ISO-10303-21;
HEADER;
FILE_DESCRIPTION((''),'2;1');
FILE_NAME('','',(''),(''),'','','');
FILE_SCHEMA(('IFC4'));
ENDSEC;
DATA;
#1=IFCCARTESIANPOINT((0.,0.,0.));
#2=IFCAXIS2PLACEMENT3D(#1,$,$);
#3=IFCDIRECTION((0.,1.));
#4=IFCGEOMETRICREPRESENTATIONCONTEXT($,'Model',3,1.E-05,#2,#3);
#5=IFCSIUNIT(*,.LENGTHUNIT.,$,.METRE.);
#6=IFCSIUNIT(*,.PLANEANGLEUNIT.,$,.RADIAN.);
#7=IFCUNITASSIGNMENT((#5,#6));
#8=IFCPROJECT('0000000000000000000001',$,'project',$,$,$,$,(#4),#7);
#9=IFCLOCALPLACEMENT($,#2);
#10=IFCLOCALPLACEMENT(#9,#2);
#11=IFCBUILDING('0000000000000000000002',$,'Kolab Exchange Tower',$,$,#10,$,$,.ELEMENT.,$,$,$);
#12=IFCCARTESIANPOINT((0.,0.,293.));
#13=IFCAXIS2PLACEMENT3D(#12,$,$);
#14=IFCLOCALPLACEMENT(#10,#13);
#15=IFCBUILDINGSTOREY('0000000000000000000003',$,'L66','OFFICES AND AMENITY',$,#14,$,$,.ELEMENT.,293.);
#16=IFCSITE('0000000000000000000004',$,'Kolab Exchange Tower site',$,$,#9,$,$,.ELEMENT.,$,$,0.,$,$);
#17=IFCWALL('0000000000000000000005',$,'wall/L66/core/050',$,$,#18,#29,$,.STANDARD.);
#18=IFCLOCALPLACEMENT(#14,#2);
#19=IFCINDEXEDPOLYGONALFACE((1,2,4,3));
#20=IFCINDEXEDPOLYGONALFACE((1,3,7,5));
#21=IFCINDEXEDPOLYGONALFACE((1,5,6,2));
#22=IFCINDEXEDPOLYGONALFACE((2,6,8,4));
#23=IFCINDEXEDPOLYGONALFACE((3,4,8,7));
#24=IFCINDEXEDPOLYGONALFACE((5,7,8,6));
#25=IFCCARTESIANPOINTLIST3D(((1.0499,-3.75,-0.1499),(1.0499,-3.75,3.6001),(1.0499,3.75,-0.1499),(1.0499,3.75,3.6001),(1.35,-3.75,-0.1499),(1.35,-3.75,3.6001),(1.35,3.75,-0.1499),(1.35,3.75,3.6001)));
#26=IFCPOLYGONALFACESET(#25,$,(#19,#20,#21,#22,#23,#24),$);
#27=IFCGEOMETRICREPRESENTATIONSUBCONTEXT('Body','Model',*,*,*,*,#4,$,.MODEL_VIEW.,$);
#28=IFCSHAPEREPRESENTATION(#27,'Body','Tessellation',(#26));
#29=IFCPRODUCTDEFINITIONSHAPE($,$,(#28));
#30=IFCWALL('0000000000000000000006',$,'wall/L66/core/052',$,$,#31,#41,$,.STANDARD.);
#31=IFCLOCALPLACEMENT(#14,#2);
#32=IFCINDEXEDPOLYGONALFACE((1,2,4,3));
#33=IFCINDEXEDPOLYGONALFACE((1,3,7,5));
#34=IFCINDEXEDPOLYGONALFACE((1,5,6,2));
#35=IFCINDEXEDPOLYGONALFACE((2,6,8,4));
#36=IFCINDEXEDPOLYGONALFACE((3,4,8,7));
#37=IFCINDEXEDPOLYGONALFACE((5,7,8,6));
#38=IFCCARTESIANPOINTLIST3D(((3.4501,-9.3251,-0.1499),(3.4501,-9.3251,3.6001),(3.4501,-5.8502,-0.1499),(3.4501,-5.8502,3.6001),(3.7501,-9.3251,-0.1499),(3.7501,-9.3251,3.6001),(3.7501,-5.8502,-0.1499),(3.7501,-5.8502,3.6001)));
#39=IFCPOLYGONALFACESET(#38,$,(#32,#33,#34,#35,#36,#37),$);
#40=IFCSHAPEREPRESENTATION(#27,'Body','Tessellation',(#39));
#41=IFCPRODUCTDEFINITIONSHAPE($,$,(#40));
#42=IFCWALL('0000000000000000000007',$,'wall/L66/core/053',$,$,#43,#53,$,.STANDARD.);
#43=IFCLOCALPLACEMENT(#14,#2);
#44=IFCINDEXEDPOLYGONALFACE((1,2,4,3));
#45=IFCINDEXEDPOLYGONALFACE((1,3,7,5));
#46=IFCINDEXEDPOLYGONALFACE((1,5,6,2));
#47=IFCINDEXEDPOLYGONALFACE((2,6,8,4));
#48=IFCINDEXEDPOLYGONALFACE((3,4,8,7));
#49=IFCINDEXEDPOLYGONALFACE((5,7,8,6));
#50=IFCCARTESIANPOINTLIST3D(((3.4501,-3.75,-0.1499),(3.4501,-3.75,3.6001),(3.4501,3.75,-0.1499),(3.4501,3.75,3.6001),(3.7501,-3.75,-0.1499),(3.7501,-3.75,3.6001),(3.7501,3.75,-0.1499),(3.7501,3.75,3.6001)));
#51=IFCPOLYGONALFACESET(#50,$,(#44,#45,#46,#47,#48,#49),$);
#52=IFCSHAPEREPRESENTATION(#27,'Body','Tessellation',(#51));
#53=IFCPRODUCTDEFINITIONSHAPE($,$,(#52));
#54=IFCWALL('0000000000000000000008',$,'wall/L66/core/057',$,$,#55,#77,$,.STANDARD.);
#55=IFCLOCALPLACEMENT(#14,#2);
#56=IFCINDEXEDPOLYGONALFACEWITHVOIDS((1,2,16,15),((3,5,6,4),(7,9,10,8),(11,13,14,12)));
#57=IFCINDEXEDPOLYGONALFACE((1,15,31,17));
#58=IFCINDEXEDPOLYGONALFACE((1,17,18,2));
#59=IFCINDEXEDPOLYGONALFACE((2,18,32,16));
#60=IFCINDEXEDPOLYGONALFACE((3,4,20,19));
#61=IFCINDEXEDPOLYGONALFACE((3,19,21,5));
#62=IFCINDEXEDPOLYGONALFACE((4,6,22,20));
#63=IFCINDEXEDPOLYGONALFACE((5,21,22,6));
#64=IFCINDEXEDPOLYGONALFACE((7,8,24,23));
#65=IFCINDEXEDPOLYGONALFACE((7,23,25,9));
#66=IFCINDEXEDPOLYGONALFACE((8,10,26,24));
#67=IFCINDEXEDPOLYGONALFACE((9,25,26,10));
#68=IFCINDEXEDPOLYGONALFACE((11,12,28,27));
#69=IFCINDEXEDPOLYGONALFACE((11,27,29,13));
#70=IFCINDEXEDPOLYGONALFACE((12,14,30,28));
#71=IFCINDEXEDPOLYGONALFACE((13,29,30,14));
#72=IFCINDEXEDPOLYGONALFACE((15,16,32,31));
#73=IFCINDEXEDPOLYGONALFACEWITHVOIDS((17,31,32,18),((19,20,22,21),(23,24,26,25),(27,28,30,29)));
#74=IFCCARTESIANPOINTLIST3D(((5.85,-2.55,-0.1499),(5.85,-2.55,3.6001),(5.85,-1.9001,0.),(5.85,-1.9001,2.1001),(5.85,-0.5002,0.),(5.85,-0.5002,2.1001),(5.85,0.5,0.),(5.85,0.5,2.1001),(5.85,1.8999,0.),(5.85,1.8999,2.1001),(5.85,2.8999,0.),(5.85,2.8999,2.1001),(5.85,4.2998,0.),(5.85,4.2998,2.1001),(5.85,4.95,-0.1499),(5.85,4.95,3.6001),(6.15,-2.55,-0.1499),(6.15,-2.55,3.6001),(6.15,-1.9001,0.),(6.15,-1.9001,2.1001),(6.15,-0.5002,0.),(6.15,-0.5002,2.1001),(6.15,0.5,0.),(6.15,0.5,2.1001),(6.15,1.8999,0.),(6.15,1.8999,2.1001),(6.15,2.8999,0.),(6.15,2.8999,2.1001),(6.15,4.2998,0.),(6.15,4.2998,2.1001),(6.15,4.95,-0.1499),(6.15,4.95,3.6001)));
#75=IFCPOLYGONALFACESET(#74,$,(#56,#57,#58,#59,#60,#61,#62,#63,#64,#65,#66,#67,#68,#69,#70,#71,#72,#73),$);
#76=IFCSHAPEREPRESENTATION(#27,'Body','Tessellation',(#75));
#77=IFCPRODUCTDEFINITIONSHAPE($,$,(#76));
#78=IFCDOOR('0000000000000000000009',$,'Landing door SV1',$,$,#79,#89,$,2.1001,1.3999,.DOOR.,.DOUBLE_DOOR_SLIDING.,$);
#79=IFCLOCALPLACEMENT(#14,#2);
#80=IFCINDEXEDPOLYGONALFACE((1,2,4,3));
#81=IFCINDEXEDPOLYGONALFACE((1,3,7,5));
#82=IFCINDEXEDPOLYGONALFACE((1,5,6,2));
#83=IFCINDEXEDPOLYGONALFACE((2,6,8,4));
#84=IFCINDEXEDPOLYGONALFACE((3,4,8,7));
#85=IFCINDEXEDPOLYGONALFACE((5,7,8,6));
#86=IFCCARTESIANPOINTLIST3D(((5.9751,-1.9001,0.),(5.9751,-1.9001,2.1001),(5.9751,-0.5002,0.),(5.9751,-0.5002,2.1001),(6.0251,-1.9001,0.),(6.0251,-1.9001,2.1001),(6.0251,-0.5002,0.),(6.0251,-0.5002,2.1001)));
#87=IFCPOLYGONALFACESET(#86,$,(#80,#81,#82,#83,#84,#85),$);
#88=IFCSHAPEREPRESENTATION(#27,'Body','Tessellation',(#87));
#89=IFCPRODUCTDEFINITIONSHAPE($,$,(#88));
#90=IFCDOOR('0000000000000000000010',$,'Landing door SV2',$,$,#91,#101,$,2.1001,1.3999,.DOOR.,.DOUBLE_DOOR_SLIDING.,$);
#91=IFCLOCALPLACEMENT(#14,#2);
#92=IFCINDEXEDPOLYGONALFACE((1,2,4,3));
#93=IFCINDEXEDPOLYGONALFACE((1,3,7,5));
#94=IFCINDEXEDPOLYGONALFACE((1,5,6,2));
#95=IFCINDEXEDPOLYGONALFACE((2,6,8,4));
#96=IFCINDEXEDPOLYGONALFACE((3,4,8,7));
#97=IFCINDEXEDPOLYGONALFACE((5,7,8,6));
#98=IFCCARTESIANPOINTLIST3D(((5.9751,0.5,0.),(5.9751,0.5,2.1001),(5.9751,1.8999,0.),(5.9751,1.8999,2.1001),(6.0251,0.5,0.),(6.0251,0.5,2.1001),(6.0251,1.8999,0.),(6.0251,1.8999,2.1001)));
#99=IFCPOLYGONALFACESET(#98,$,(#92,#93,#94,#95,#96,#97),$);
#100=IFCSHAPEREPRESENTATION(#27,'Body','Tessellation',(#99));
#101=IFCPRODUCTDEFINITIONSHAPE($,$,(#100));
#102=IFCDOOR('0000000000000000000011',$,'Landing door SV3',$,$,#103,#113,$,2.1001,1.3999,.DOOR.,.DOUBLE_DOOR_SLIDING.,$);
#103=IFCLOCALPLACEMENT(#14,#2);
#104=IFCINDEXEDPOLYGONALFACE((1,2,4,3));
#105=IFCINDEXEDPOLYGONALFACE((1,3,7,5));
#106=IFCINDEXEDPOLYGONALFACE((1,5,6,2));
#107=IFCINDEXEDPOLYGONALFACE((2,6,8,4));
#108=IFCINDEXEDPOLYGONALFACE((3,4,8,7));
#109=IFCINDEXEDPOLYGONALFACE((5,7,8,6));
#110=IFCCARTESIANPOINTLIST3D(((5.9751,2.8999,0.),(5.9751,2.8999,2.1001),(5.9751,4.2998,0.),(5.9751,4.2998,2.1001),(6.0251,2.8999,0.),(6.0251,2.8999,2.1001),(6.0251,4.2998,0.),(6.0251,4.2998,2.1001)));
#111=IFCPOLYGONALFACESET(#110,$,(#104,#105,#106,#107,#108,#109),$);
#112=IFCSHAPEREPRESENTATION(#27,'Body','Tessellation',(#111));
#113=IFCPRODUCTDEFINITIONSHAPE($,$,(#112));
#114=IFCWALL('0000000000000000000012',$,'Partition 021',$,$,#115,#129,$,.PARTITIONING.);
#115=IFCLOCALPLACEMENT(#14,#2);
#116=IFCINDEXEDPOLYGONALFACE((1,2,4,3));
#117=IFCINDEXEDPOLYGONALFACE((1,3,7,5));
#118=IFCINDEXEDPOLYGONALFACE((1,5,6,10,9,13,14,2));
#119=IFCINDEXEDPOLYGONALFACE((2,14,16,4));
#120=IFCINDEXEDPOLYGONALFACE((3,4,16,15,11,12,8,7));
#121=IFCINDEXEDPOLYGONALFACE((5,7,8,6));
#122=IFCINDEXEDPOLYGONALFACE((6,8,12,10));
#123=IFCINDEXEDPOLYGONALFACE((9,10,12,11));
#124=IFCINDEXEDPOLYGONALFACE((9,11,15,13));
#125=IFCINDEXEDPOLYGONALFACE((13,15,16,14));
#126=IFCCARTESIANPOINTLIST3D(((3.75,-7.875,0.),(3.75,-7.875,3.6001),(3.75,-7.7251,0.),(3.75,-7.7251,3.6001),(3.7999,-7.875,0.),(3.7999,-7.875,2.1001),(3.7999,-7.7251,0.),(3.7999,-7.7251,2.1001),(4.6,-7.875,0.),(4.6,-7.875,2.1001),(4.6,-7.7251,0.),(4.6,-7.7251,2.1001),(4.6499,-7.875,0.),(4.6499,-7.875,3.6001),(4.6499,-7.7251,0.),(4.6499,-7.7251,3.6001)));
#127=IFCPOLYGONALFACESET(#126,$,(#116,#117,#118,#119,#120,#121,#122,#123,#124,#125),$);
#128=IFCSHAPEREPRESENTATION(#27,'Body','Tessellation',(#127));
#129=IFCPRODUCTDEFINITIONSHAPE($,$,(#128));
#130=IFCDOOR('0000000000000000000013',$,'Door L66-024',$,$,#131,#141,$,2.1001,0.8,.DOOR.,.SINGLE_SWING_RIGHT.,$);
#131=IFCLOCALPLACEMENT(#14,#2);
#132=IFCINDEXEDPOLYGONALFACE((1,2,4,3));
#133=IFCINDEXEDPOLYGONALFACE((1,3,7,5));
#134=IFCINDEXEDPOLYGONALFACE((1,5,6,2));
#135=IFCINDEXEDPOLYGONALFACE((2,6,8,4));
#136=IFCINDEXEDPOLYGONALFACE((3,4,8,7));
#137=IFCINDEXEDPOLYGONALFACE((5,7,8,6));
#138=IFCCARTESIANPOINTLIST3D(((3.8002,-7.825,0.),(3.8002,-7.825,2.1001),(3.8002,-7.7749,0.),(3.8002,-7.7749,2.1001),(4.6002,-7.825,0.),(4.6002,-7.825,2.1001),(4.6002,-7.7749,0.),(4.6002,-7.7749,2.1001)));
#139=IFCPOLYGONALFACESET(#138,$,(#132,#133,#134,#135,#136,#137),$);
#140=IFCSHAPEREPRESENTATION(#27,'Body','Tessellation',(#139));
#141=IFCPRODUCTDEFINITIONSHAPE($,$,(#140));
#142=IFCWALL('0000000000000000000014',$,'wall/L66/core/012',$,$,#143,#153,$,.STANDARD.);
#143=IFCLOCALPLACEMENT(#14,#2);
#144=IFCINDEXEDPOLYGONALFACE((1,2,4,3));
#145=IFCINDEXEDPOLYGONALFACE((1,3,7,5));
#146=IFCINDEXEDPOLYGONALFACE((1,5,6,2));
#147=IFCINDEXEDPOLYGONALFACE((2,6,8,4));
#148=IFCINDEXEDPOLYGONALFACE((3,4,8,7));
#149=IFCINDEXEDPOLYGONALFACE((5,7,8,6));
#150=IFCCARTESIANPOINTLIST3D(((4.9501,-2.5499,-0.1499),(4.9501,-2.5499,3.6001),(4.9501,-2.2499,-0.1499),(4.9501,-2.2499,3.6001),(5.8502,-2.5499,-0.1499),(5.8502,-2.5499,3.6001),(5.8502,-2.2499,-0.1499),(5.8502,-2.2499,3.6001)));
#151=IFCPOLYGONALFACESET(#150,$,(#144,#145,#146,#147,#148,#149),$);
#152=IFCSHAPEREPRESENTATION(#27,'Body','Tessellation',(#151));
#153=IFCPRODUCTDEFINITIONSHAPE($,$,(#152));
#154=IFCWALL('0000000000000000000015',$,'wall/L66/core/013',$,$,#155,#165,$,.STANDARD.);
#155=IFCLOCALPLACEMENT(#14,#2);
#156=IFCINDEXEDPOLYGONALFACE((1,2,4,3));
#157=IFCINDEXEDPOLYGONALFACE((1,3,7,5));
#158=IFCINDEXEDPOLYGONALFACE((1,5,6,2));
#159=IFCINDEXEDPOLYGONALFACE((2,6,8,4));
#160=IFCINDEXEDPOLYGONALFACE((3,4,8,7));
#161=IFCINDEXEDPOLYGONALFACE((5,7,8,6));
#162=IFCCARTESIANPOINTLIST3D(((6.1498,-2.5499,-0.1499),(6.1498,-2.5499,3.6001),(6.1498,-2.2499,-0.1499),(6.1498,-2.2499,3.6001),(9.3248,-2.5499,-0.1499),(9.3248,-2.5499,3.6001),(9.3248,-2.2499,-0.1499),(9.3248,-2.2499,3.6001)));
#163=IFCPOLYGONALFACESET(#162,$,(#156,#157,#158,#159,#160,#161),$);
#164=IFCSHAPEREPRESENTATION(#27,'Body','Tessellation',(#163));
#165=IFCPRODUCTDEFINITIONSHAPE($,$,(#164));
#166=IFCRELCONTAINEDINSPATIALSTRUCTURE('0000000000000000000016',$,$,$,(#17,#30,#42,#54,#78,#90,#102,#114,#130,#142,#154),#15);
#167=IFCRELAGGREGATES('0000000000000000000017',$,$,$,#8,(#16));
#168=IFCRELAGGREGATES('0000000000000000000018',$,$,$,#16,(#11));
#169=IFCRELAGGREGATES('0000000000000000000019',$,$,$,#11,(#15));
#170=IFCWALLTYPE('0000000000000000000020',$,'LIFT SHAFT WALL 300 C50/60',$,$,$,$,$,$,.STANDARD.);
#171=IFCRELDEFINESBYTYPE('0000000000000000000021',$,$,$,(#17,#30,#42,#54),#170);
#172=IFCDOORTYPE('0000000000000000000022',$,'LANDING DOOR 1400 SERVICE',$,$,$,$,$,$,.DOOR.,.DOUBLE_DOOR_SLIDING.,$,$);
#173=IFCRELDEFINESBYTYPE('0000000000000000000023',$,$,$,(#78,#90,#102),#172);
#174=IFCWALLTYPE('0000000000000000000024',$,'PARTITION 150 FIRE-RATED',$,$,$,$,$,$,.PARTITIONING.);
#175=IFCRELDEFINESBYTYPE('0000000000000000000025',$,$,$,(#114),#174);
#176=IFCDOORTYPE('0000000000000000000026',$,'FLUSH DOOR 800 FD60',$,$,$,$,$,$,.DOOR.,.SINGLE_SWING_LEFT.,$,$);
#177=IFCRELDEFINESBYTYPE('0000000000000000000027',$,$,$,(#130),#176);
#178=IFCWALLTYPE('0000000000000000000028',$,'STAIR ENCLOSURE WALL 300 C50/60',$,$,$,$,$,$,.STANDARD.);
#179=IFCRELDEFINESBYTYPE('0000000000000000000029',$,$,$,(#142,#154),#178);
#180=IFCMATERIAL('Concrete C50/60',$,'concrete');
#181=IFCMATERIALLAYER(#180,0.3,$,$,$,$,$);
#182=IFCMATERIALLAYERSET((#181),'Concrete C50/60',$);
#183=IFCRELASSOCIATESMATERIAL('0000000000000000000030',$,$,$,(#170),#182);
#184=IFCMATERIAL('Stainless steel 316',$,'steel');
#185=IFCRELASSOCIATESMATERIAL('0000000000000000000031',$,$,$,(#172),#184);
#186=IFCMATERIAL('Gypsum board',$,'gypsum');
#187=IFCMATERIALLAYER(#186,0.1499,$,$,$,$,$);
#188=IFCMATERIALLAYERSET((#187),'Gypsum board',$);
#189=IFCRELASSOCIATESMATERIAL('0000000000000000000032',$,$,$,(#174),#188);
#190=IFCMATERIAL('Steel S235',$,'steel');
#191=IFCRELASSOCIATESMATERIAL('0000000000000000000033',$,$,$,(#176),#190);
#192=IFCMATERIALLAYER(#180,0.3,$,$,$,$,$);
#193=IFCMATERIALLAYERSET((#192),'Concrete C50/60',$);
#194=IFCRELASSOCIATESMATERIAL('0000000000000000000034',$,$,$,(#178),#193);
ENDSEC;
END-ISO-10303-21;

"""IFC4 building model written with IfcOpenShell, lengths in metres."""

from ifc_helpers import new_model, si_unit, direction, frame, frame_2d, origin, place, context, subcontext, project, spatial, rectangle, extrude, material, layer, layer_set, type_object, element, fill, save


model = new_model("IFC4")

# Units and contexts
model_context = context("Model", 3, precision=1e-05, world=origin(), true_north=direction((0.0, 1.0)))
body_context = subcontext(model_context, "Body", "Model", "MODEL_VIEW")
ifc_project = project(units=[si_unit("LENGTHUNIT", "METRE"), si_unit("PLANEANGLEUNIT", "RADIAN")], contexts=[model_context])

# Site, building, storey
site_placement = place(None, origin())
site = spatial("IfcSite", under=ifc_project, at=site_placement, Name="Kolab Exchange Tower site", CompositionType="ELEMENT", RefElevation=0.0)
building_placement = place(site_placement, origin())
building = spatial("IfcBuilding", under=site, at=building_placement, Name="Kolab Exchange Tower", CompositionType="ELEMENT")
storey_placement = place(building_placement, frame((0.0, 0.0, 293.0)))
storey = spatial("IfcBuildingStorey", under=building, at=storey_placement, Name="L66", Description="OFFICES AND AMENITY", CompositionType="ELEMENT", Elevation=293.0)

# Shared definitions
ifc_material_1 = material(Name="Concrete C50/60", Category="concrete")
ifc_layer_1 = layer(ifc_material_1, 0.3)
ifc_layer_set_1 = layer_set([ifc_layer_1], Name="Concrete C50/60")
wall_type_1 = type_object("IfcWallType", Name="LIFT SHAFT WALL 300 C50/60", PredefinedType="STANDARD", material=ifc_layer_set_1)
ifc_material_2 = material(Name="Stainless steel 316", Category="steel")

# Walls
wall_1_placement = place(storey_placement, frame((1.2, -3.75, -0.1499), z_axis=(0.0, 0.0, 1.0), x_axis=(0.0, 1.0, 0.0)))
element("IfcWall", 1, at=wall_1_placement, inside=storey, type_object=wall_type_1, Name="wall/L66/core/050", PredefinedType="STANDARD", context=body_context, shape_type="SweptSolid", body=[
    extrude(rectangle(XDim=7.5, YDim=0.3, at=frame_2d((3.75, 0.0))), origin(), (0.0, 0.0, 1.0), 3.75),
])
wall_2_placement = place(storey_placement, frame((3.6001, -9.325, -0.1499), z_axis=(0.0, 0.0, 1.0), x_axis=(0.0, 1.0, 0.0)))
element("IfcWall", 2, at=wall_2_placement, inside=storey, type_object=wall_type_1, Name="wall/L66/core/052", PredefinedType="STANDARD", context=body_context, shape_type="SweptSolid", body=[
    extrude(rectangle(XDim=3.4749, YDim=0.3, at=frame_2d((1.7373, 0.0))), origin(), (0.0, 0.0, 1.0), 3.75),
])
wall_3_placement = place(storey_placement, frame((3.6001, -3.75, -0.1499), z_axis=(0.0, 0.0, 1.0), x_axis=(0.0, 1.0, 0.0)))
element("IfcWall", 3, at=wall_3_placement, inside=storey, type_object=wall_type_1, Name="wall/L66/core/053", PredefinedType="STANDARD", context=body_context, shape_type="SweptSolid", body=[
    extrude(rectangle(XDim=7.5, YDim=0.3, at=frame_2d((3.75, 0.0))), origin(), (0.0, 0.0, 1.0), 3.75),
])

# Wall, openings, doors
wall_4_placement = place(storey_placement, frame((6.0, -2.55, -0.1499), z_axis=(0.0, 0.0, 1.0), x_axis=(0.0, 1.0, 0.0)))
wall_4 = element("IfcWall", 4, at=wall_4_placement, inside=storey, type_object=wall_type_1, Name="wall/L66/core/057", PredefinedType="STANDARD", context=body_context, shape_type="SweptSolid", body=[
    extrude(rectangle(XDim=7.5, YDim=0.3, at=frame_2d((3.75, 0.0))), origin(), (0.0, 0.0, 1.0), 3.75),
])
opening_1_placement = place(wall_4_placement, frame((0.6499, 0.0, 0.1499)))
opening_1 = element("IfcOpeningElement", 5, at=opening_1_placement, cuts=wall_4, PredefinedType="OPENING", context=body_context, shape_type="SweptSolid", body=[
    extrude(rectangle(XDim=1.3999, YDim=2.1001, at=frame_2d((0.7, 1.05))), frame((0.0, 0.1602, 0.0), z_axis=(0.0, -1.0, 0.0), x_axis=(1.0, 0.0, 0.0)), (0.0, 0.0, 1.0), 0.3201),
])
opening_2_placement = place(wall_4_placement, frame((3.05, 0.0, 0.1499)))
opening_2 = element("IfcOpeningElement", 6, at=opening_2_placement, cuts=wall_4, PredefinedType="OPENING", context=body_context, shape_type="SweptSolid", body=[
    extrude(rectangle(XDim=1.3999, YDim=2.1001, at=frame_2d((0.7, 1.05))), frame((0.0, 0.1602, 0.0), z_axis=(0.0, -1.0, 0.0), x_axis=(1.0, 0.0, 0.0)), (0.0, 0.0, 1.0), 0.3201),
])
opening_3_placement = place(wall_4_placement, frame((5.45, 0.0, 0.1499)))
opening_3 = element("IfcOpeningElement", 7, at=opening_3_placement, cuts=wall_4, PredefinedType="OPENING", context=body_context, shape_type="SweptSolid", body=[
    extrude(rectangle(XDim=1.3999, YDim=2.1001, at=frame_2d((0.7, 1.05))), frame((0.0, 0.1602, 0.0), z_axis=(0.0, -1.0, 0.0), x_axis=(1.0, 0.0, 0.0)), (0.0, 0.0, 1.0), 0.3201),
])
door_type_1 = type_object("IfcDoorType", Name="LANDING DOOR 1400 SERVICE", OperationType="DOUBLE_DOOR_SLIDING", PredefinedType="DOOR", material=ifc_material_2)
door_1_placement = place(opening_1_placement, origin())
door_1 = element("IfcDoor", 8, at=door_1_placement, inside=storey, type_object=door_type_1, Name="Landing door SV1", OperationType="DOUBLE_DOOR_SLIDING", OverallHeight=2.1001, OverallWidth=1.3999, PredefinedType="DOOR", context=body_context, shape_type="SweptSolid", body=[
    extrude(rectangle(XDim=1.3999, YDim=2.1001, at=frame_2d((0.7, 1.05))), frame((0.0, 0.0249, 0.0), z_axis=(0.0, -1.0, 0.0), x_axis=(1.0, 0.0, 0.0)), (0.0, 0.0, 1.0), 0.05),
])
fill(opening_1, door_1)
door_2_placement = place(opening_2_placement, origin())
door_2 = element("IfcDoor", 9, at=door_2_placement, inside=storey, type_object=door_type_1, Name="Landing door SV2", OperationType="DOUBLE_DOOR_SLIDING", OverallHeight=2.1001, OverallWidth=1.3999, PredefinedType="DOOR", context=body_context, shape_type="SweptSolid", body=[
    extrude(rectangle(XDim=1.3999, YDim=2.1001, at=frame_2d((0.7, 1.05))), frame((0.0, 0.0249, 0.0), z_axis=(0.0, -1.0, 0.0), x_axis=(1.0, 0.0, 0.0)), (0.0, 0.0, 1.0), 0.05),
])
fill(opening_2, door_2)
door_3_placement = place(opening_3_placement, origin())
door_3 = element("IfcDoor", 10, at=door_3_placement, inside=storey, type_object=door_type_1, Name="Landing door SV3", OperationType="DOUBLE_DOOR_SLIDING", OverallHeight=2.1001, OverallWidth=1.3999, PredefinedType="DOOR", context=body_context, shape_type="SweptSolid", body=[
    extrude(rectangle(XDim=1.3999, YDim=2.1001, at=frame_2d((0.7, 1.05))), frame((0.0, 0.0249, 0.0), z_axis=(0.0, -1.0, 0.0), x_axis=(1.0, 0.0, 0.0)), (0.0, 0.0, 1.0), 0.05),
])
fill(opening_3, door_3)

# Wall, opening, door
ifc_material_3 = material(Name="Gypsum board", Category="gypsum")
ifc_layer_2 = layer(ifc_material_3, 0.1499)
ifc_layer_set_2 = layer_set([ifc_layer_2], Name="Gypsum board")
wall_type_2 = type_object("IfcWallType", Name="PARTITION 150 FIRE-RATED", PredefinedType="PARTITIONING", material=ifc_layer_set_2)
wall_5_placement = place(storey_placement, frame((3.75, -7.8, 0.0), z_axis=(0.0, 0.0, 1.0), x_axis=(1.0, 0.0, 0.0)))
wall_5 = element("IfcWall", 11, at=wall_5_placement, inside=storey, type_object=wall_type_2, Name="Partition 021", PredefinedType="PARTITIONING", context=body_context, shape_type="SweptSolid", body=[
    extrude(rectangle(XDim=0.8999, YDim=0.1499, at=frame_2d((0.45, 0.0))), origin(), (0.0, 0.0, 1.0), 3.6001),
])
opening_4_placement = place(wall_5_placement, frame((0.05, 0.0, 0.0)))
opening_4 = element("IfcOpeningElement", 12, at=opening_4_placement, cuts=wall_5, PredefinedType="OPENING", context=body_context, shape_type="SweptSolid", body=[
    extrude(rectangle(XDim=0.8, YDim=2.1001, at=frame_2d((0.3999, 1.05))), frame((0.0, 0.085, 0.0), z_axis=(0.0, -1.0, 0.0), x_axis=(1.0, 0.0, 0.0)), (0.0, 0.0, 1.0), 0.1699),
])
ifc_material_4 = material(Name="Steel S235", Category="steel")
door_type_2 = type_object("IfcDoorType", Name="FLUSH DOOR 800 FD60", OperationType="SINGLE_SWING_LEFT", PredefinedType="DOOR", material=ifc_material_4)
door_4_placement = place(opening_4_placement, frame((0.8, 0.0, 0.0), z_axis=(0.0, 0.0, 1.0), x_axis=(-1.0, 0.0, 0.0)))
door_4 = element("IfcDoor", 13, at=door_4_placement, inside=storey, type_object=door_type_2, Name="Door L66-024", OperationType="SINGLE_SWING_RIGHT", OverallHeight=2.1001, OverallWidth=0.8, PredefinedType="DOOR", context=body_context, shape_type="SweptSolid", body=[
    extrude(rectangle(XDim=0.8, YDim=2.1001, at=frame_2d((0.3999, 1.05))), frame((0.0, 0.0249, 0.0), z_axis=(0.0, -1.0, 0.0), x_axis=(1.0, 0.0, 0.0)), (0.0, 0.0, 1.0), 0.05),
])
fill(opening_4, door_4)

# Walls
ifc_layer_3 = layer(ifc_material_1, 0.3)
ifc_layer_set_3 = layer_set([ifc_layer_3], Name="Concrete C50/60")
wall_type_3 = type_object("IfcWallType", Name="STAIR ENCLOSURE WALL 300 C50/60", PredefinedType="STANDARD", material=ifc_layer_set_3)
wall_6_placement = place(storey_placement, frame((4.95, -2.3999, -0.1499), z_axis=(0.0, 0.0, 1.0), x_axis=(1.0, 0.0, 0.0)))
element("IfcWall", 14, at=wall_6_placement, inside=storey, type_object=wall_type_3, Name="wall/L66/core/012", PredefinedType="STANDARD", context=body_context, shape_type="SweptSolid", body=[
    extrude(rectangle(XDim=0.9001, YDim=0.3, at=frame_2d((0.4502, 0.0))), origin(), (0.0, 0.0, 1.0), 3.75),
])
wall_7_placement = place(storey_placement, frame((6.1499, -2.3999, -0.1499), z_axis=(0.0, 0.0, 1.0), x_axis=(1.0, 0.0, 0.0)))
element("IfcWall", 15, at=wall_7_placement, inside=storey, type_object=wall_type_3, Name="wall/L66/core/013", PredefinedType="STANDARD", context=body_context, shape_type="SweptSolid", body=[
    extrude(rectangle(XDim=3.175, YDim=0.3, at=frame_2d((1.5874, 0.0))), origin(), (0.0, 0.0, 1.0), 3.75),
])

save(model, "model.ifc")
